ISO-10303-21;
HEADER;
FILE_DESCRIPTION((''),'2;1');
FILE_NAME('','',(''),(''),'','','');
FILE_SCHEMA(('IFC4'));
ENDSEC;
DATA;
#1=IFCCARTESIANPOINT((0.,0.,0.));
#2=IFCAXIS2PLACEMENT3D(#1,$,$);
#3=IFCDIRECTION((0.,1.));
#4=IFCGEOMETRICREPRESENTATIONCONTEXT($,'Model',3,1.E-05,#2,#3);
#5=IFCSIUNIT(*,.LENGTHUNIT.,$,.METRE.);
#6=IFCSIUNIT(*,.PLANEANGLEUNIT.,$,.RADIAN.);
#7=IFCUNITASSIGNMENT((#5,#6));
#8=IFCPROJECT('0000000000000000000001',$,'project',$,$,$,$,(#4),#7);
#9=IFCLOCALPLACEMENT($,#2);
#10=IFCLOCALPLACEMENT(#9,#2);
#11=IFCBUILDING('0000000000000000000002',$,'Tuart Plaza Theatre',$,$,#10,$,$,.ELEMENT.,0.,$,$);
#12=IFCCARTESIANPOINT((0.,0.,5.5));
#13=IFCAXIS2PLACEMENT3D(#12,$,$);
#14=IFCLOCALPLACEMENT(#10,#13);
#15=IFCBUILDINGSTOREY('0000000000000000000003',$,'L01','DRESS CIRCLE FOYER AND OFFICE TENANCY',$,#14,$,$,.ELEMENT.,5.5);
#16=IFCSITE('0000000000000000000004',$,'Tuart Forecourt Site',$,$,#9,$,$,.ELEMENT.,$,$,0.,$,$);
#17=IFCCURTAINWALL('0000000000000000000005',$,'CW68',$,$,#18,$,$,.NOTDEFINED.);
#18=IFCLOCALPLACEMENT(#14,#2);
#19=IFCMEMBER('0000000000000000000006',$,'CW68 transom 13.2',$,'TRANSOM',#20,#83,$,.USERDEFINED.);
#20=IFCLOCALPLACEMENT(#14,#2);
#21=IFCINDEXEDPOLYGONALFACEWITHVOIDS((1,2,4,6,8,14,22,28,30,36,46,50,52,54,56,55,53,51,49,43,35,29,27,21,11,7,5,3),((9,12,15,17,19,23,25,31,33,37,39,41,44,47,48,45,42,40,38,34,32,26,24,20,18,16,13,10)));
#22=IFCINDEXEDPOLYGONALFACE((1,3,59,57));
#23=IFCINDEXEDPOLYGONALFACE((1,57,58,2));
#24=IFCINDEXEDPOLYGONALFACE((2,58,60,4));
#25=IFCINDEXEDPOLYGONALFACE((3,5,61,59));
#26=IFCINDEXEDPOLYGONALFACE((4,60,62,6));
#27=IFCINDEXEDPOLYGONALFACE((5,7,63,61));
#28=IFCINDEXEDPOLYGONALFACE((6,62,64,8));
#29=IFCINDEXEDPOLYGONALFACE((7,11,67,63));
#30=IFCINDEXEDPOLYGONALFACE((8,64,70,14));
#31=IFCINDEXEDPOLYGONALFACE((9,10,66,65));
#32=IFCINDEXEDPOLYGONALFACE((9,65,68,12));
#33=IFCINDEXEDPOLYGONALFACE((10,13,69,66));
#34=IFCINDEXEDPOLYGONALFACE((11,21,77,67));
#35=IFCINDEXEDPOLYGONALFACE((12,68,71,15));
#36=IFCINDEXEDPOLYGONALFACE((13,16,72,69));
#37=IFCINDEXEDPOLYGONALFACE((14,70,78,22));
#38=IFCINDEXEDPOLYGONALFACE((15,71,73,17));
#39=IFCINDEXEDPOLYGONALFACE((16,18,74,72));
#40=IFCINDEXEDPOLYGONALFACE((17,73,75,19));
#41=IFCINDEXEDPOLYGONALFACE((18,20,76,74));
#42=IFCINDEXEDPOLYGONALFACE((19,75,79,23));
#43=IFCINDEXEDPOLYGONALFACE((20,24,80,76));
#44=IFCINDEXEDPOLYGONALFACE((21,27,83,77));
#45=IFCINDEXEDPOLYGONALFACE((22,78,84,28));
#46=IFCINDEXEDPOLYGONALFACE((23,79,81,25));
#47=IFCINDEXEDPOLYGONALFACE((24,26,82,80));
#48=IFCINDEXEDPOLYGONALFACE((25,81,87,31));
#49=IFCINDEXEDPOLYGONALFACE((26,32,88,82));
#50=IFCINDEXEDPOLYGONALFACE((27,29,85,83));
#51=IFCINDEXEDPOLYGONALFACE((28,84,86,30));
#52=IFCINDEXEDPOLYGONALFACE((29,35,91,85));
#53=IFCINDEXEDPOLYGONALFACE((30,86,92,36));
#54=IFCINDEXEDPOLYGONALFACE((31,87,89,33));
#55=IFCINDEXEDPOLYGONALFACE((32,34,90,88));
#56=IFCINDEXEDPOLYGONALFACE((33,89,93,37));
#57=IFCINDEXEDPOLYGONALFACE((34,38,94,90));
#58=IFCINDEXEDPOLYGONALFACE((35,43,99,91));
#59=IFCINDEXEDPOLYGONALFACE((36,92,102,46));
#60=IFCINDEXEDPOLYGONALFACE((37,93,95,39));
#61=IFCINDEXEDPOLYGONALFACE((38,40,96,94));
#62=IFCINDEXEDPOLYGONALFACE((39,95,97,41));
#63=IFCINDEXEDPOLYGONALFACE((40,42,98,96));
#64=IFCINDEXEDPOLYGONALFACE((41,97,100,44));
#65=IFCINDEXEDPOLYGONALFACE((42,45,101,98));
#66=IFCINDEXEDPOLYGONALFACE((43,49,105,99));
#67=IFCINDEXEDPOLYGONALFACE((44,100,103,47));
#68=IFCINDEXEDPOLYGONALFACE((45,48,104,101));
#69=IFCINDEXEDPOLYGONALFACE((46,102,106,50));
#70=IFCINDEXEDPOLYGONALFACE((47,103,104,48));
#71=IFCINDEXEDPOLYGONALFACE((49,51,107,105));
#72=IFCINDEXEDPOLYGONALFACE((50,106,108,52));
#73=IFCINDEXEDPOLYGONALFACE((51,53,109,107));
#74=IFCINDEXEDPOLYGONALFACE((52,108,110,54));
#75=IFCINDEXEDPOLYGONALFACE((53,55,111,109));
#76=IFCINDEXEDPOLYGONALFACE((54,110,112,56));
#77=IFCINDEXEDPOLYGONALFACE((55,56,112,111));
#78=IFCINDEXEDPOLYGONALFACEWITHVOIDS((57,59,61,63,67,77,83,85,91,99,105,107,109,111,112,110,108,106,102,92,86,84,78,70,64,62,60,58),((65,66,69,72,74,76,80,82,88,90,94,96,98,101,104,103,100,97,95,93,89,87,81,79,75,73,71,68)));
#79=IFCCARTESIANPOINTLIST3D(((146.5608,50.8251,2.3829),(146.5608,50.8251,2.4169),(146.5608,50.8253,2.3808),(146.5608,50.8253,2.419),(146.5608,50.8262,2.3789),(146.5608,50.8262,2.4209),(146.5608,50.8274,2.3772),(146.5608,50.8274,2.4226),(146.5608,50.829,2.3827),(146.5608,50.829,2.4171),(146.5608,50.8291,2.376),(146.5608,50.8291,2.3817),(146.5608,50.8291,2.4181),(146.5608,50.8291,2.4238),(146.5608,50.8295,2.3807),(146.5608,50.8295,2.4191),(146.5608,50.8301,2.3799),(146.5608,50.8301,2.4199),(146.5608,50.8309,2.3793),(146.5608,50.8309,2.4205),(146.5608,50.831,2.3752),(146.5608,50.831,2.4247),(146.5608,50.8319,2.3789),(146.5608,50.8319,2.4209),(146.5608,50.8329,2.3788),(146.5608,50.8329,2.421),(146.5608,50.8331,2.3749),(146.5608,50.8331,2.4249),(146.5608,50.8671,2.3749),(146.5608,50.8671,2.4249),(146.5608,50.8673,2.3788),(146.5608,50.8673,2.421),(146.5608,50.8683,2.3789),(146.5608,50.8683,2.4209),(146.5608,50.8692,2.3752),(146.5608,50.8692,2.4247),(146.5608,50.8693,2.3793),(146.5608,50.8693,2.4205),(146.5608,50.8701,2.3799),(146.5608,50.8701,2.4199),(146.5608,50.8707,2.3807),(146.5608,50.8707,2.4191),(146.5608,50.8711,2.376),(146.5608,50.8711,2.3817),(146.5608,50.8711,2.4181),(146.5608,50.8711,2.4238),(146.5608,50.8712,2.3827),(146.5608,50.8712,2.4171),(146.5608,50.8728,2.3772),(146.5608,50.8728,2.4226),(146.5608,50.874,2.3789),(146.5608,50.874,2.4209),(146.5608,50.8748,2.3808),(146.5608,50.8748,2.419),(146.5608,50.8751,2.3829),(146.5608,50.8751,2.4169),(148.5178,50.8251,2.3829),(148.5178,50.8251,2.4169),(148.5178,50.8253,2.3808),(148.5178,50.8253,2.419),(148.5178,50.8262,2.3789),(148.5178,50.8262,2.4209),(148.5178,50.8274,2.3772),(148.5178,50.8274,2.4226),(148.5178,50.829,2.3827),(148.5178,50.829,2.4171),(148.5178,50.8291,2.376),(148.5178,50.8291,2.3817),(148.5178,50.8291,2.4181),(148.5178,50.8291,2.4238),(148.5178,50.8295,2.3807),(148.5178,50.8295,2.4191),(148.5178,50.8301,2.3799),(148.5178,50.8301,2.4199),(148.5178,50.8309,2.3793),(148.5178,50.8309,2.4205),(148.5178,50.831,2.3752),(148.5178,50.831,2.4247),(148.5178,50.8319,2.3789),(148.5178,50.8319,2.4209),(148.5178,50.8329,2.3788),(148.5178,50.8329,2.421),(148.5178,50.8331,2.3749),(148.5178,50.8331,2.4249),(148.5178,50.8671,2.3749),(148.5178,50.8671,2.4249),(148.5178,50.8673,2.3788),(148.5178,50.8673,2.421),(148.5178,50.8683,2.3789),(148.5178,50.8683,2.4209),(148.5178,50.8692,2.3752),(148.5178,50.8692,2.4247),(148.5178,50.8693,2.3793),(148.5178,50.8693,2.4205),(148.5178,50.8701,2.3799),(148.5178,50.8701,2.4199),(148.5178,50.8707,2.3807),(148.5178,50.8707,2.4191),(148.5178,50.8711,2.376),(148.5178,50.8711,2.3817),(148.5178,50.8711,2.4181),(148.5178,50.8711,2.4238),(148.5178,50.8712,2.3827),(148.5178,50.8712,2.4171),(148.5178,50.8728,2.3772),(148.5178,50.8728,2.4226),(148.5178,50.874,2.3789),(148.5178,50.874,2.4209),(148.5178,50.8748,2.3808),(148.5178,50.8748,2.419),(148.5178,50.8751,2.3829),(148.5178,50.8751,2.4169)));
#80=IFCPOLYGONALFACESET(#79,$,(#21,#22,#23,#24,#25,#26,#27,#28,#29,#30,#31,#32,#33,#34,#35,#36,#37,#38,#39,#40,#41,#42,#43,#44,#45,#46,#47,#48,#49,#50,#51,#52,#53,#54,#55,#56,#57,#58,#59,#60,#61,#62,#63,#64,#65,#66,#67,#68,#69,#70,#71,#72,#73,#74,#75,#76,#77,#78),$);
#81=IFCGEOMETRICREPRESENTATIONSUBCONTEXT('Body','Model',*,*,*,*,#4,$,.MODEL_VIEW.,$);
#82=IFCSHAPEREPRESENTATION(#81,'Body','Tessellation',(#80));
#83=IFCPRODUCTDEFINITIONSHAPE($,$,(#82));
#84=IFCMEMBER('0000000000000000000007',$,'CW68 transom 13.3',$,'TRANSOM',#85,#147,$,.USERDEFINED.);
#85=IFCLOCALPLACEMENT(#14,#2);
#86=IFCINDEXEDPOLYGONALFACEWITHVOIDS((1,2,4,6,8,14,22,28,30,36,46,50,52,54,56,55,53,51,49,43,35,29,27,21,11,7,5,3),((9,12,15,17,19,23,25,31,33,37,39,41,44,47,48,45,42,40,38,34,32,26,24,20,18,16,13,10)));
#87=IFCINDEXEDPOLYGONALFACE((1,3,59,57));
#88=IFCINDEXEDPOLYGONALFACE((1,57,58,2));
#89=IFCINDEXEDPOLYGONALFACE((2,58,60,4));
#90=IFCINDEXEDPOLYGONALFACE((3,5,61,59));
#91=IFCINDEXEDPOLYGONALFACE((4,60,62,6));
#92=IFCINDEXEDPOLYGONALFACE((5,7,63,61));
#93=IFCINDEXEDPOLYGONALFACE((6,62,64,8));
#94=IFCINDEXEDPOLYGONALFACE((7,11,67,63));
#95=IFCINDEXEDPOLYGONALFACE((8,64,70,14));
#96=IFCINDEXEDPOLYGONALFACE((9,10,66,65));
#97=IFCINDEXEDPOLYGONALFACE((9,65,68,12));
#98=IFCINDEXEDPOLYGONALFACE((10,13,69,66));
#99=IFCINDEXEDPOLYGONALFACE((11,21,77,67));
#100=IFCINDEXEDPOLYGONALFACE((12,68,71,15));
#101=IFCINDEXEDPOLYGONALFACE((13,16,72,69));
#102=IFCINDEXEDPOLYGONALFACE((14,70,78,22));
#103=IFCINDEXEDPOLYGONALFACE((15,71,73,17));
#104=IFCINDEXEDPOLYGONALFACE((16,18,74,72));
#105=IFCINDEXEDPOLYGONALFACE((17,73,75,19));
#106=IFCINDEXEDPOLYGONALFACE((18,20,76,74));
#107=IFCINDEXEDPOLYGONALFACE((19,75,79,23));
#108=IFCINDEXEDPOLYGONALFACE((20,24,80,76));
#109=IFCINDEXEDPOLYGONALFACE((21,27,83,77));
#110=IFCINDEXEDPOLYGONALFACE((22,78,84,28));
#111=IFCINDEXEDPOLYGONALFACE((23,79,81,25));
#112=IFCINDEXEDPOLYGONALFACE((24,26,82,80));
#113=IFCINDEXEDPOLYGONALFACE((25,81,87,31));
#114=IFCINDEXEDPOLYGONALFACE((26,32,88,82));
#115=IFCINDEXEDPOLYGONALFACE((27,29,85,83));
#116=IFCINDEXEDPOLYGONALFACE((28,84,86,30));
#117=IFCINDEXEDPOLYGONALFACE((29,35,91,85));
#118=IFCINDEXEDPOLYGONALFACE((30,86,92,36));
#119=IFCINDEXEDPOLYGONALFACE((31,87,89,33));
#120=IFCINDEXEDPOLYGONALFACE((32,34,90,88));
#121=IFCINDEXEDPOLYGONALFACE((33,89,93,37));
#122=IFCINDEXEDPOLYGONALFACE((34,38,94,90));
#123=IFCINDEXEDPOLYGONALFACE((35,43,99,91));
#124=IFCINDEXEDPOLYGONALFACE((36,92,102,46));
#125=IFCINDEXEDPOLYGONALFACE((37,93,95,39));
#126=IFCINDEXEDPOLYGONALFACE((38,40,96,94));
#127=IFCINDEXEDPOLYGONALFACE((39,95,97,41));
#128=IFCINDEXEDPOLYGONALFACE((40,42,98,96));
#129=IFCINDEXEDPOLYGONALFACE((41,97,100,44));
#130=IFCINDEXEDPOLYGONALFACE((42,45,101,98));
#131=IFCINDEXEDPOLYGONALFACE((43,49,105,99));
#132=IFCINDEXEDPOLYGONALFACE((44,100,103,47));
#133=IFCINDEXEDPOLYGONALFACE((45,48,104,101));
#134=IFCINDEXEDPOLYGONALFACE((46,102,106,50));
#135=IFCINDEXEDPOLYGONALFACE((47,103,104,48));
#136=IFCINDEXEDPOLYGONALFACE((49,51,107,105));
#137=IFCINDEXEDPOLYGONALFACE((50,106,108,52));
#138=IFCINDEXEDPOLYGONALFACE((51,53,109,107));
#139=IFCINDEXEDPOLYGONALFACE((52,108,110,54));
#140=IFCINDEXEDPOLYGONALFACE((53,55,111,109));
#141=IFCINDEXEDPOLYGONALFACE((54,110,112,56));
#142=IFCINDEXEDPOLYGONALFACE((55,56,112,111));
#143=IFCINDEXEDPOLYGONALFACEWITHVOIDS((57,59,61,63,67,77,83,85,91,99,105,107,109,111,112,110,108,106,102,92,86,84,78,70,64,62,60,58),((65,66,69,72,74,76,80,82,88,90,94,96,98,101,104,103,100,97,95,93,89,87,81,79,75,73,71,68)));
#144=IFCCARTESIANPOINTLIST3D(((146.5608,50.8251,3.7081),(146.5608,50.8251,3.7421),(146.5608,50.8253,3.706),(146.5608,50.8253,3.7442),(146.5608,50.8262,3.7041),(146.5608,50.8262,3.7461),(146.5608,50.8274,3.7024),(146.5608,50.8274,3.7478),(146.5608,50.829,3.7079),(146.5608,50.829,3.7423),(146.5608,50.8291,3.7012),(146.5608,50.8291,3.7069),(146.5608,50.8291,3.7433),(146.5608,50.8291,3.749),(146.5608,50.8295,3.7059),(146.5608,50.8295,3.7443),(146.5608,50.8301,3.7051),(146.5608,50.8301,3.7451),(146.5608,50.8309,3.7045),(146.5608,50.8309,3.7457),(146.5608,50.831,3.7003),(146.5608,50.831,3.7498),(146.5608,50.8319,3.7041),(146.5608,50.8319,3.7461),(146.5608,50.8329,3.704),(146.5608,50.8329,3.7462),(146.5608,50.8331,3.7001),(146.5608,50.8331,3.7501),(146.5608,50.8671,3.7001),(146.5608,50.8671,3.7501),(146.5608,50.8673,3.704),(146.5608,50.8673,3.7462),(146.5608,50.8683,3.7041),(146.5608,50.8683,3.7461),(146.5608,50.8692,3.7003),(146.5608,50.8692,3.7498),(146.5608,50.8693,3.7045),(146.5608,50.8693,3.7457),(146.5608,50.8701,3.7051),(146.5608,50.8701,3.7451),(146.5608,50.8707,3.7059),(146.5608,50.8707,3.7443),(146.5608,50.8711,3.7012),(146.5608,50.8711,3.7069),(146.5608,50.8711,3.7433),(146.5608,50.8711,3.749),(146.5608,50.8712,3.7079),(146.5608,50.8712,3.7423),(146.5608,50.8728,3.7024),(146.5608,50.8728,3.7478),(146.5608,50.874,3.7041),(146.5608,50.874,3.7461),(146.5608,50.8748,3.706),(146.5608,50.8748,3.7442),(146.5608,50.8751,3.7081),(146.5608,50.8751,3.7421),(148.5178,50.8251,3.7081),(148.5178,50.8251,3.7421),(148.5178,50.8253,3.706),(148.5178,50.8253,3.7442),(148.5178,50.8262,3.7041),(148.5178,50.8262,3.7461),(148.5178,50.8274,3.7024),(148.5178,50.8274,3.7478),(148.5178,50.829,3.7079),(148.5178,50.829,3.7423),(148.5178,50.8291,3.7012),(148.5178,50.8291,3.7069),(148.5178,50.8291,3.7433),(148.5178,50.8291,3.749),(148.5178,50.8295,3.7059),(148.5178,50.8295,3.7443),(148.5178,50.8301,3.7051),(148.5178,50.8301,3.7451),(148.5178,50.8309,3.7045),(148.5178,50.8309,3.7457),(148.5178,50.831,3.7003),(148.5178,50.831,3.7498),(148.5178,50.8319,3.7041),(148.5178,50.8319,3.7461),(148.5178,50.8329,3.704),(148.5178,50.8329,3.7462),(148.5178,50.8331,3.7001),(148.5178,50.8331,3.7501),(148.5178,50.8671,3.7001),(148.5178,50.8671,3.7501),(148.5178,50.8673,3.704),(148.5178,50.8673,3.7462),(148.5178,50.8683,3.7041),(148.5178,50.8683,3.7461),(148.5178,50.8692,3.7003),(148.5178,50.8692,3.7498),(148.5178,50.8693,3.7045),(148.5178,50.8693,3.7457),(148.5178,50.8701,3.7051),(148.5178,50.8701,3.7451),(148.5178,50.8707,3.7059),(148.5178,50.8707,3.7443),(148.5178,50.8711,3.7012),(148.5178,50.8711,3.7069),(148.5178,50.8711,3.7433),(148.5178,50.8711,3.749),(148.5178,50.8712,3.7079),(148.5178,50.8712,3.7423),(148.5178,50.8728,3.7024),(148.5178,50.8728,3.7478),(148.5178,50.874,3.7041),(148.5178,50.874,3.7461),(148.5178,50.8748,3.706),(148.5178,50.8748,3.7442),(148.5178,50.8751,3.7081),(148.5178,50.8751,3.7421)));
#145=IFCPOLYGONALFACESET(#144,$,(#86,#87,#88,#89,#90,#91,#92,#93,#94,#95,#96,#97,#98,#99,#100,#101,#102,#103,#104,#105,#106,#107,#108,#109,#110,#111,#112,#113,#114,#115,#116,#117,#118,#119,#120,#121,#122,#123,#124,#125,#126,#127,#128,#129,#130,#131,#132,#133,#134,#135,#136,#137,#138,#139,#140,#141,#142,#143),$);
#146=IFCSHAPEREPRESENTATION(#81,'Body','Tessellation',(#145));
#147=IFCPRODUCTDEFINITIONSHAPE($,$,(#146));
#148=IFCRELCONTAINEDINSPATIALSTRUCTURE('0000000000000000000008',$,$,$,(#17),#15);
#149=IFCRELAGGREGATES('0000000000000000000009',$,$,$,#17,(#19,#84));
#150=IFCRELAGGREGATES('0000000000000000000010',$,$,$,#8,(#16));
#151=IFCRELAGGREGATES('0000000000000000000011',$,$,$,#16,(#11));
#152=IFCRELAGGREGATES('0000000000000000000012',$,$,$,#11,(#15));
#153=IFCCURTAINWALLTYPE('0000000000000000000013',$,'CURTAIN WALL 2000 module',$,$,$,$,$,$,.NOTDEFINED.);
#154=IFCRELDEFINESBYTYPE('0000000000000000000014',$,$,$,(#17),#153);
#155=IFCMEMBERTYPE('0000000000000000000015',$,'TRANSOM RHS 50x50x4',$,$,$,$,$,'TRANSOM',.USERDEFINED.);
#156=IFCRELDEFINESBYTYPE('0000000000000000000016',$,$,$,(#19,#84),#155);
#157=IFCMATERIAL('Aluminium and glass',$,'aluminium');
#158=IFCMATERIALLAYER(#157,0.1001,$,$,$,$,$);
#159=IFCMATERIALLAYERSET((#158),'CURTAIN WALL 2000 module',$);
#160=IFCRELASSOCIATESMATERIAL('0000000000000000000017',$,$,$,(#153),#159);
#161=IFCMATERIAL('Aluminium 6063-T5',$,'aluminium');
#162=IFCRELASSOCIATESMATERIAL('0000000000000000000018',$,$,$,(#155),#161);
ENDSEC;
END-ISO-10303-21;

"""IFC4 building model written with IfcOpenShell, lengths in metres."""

from ifc_helpers import new_model, si_unit, direction, frame, origin, origin_2d, place, context, subcontext, project, spatial, hollow_rectangle, extrude, material, layer, layer_set, material_profile, profile_set, type_object, element, aggregate, save


model = new_model("IFC4")

# Units and contexts
model_context = context("Model", 3, precision=1e-05, world=origin(), true_north=direction((0.0, 1.0)))
body_context = subcontext(model_context, "Body", "Model", "MODEL_VIEW")
ifc_project = project(units=[si_unit("LENGTHUNIT", "METRE"), si_unit("PLANEANGLEUNIT", "RADIAN")], contexts=[model_context])

# Site, building, storey
site_placement = place(None, origin())
site = spatial("IfcSite", under=ifc_project, at=site_placement, Name="Tuart Forecourt Site", CompositionType="ELEMENT", RefElevation=0.0)
building_placement = place(site_placement, origin())
building = spatial("IfcBuilding", under=site, at=building_placement, Name="Tuart Plaza Theatre", CompositionType="ELEMENT", ElevationOfRefHeight=0.0)
storey_placement = place(building_placement, frame((0.0, 0.0, 5.5)))
storey = spatial("IfcBuildingStorey", under=building, at=storey_placement, Name="L01", Description="DRESS CIRCLE FOYER AND OFFICE TENANCY", CompositionType="ELEMENT", Elevation=5.5)

# Curtain wall, members
ifc_material_1 = material(Name="Aluminium and glass", Category="aluminium")
ifc_layer_1 = layer(ifc_material_1, 0.1001)
ifc_layer_set_1 = layer_set([ifc_layer_1], Name="CURTAIN WALL 2000 module")
curtain_wall_type = type_object("IfcCurtainWallType", Name="CURTAIN WALL 2000 module", PredefinedType="NOTDEFINED", material=ifc_layer_set_1)
curtain_wall_placement = place(storey_placement, origin())
curtain_wall = element("IfcCurtainWall", 1, at=curtain_wall_placement, inside=storey, type_object=curtain_wall_type, Name="CW68", PredefinedType="NOTDEFINED")
ifc_material_2 = material(Name="Aluminium 6063-T5", Category="aluminium")
ifc_material_profile_1 = material_profile(ifc_material_2, hollow_rectangle(XDim=0.05, YDim=0.05, WallThickness=0.0039, InnerFilletRadius=0.0039, OuterFilletRadius=0.0081, at=origin_2d()), Name="RHS 50x50x4")
ifc_profile_set_1 = profile_set([ifc_material_profile_1], Name="Aluminium 6063-T5")
member_type_1 = type_object("IfcMemberType", Name="TRANSOM RHS 50x50x4", ElementType="TRANSOM", PredefinedType="USERDEFINED", material=ifc_profile_set_1)
member_1_placement = place(storey_placement, frame((146.5608, 50.8501, 2.3999), z_axis=(1.0, 0.0, 0.0), x_axis=(0.0, 1.0, 0.0)))
member_1 = element("IfcMember", 2, at=member_1_placement, type_object=member_type_1, Name="CW68 transom 13.2", ObjectType="TRANSOM", PredefinedType="USERDEFINED", context=body_context, shape_type="SweptSolid", body=[
    extrude(hollow_rectangle(XDim=0.05, YDim=0.05, WallThickness=0.0039, InnerFilletRadius=0.0039, OuterFilletRadius=0.0081, at=origin_2d()), origin(), (0.0, 0.0, 1.0), 1.957),
])
member_2_placement = place(storey_placement, frame((146.5608, 50.8501, 3.7251), z_axis=(1.0, 0.0, 0.0), x_axis=(0.0, 1.0, 0.0)))
member_2 = element("IfcMember", 3, at=member_2_placement, type_object=member_type_1, Name="CW68 transom 13.3", ObjectType="TRANSOM", PredefinedType="USERDEFINED", context=body_context, shape_type="SweptSolid", body=[
    extrude(hollow_rectangle(XDim=0.05, YDim=0.05, WallThickness=0.0039, InnerFilletRadius=0.0039, OuterFilletRadius=0.0081, at=origin_2d()), origin(), (0.0, 0.0, 1.0), 1.957),
])
aggregate(curtain_wall, [member_1, member_2])

save(model, "model.ifc")
